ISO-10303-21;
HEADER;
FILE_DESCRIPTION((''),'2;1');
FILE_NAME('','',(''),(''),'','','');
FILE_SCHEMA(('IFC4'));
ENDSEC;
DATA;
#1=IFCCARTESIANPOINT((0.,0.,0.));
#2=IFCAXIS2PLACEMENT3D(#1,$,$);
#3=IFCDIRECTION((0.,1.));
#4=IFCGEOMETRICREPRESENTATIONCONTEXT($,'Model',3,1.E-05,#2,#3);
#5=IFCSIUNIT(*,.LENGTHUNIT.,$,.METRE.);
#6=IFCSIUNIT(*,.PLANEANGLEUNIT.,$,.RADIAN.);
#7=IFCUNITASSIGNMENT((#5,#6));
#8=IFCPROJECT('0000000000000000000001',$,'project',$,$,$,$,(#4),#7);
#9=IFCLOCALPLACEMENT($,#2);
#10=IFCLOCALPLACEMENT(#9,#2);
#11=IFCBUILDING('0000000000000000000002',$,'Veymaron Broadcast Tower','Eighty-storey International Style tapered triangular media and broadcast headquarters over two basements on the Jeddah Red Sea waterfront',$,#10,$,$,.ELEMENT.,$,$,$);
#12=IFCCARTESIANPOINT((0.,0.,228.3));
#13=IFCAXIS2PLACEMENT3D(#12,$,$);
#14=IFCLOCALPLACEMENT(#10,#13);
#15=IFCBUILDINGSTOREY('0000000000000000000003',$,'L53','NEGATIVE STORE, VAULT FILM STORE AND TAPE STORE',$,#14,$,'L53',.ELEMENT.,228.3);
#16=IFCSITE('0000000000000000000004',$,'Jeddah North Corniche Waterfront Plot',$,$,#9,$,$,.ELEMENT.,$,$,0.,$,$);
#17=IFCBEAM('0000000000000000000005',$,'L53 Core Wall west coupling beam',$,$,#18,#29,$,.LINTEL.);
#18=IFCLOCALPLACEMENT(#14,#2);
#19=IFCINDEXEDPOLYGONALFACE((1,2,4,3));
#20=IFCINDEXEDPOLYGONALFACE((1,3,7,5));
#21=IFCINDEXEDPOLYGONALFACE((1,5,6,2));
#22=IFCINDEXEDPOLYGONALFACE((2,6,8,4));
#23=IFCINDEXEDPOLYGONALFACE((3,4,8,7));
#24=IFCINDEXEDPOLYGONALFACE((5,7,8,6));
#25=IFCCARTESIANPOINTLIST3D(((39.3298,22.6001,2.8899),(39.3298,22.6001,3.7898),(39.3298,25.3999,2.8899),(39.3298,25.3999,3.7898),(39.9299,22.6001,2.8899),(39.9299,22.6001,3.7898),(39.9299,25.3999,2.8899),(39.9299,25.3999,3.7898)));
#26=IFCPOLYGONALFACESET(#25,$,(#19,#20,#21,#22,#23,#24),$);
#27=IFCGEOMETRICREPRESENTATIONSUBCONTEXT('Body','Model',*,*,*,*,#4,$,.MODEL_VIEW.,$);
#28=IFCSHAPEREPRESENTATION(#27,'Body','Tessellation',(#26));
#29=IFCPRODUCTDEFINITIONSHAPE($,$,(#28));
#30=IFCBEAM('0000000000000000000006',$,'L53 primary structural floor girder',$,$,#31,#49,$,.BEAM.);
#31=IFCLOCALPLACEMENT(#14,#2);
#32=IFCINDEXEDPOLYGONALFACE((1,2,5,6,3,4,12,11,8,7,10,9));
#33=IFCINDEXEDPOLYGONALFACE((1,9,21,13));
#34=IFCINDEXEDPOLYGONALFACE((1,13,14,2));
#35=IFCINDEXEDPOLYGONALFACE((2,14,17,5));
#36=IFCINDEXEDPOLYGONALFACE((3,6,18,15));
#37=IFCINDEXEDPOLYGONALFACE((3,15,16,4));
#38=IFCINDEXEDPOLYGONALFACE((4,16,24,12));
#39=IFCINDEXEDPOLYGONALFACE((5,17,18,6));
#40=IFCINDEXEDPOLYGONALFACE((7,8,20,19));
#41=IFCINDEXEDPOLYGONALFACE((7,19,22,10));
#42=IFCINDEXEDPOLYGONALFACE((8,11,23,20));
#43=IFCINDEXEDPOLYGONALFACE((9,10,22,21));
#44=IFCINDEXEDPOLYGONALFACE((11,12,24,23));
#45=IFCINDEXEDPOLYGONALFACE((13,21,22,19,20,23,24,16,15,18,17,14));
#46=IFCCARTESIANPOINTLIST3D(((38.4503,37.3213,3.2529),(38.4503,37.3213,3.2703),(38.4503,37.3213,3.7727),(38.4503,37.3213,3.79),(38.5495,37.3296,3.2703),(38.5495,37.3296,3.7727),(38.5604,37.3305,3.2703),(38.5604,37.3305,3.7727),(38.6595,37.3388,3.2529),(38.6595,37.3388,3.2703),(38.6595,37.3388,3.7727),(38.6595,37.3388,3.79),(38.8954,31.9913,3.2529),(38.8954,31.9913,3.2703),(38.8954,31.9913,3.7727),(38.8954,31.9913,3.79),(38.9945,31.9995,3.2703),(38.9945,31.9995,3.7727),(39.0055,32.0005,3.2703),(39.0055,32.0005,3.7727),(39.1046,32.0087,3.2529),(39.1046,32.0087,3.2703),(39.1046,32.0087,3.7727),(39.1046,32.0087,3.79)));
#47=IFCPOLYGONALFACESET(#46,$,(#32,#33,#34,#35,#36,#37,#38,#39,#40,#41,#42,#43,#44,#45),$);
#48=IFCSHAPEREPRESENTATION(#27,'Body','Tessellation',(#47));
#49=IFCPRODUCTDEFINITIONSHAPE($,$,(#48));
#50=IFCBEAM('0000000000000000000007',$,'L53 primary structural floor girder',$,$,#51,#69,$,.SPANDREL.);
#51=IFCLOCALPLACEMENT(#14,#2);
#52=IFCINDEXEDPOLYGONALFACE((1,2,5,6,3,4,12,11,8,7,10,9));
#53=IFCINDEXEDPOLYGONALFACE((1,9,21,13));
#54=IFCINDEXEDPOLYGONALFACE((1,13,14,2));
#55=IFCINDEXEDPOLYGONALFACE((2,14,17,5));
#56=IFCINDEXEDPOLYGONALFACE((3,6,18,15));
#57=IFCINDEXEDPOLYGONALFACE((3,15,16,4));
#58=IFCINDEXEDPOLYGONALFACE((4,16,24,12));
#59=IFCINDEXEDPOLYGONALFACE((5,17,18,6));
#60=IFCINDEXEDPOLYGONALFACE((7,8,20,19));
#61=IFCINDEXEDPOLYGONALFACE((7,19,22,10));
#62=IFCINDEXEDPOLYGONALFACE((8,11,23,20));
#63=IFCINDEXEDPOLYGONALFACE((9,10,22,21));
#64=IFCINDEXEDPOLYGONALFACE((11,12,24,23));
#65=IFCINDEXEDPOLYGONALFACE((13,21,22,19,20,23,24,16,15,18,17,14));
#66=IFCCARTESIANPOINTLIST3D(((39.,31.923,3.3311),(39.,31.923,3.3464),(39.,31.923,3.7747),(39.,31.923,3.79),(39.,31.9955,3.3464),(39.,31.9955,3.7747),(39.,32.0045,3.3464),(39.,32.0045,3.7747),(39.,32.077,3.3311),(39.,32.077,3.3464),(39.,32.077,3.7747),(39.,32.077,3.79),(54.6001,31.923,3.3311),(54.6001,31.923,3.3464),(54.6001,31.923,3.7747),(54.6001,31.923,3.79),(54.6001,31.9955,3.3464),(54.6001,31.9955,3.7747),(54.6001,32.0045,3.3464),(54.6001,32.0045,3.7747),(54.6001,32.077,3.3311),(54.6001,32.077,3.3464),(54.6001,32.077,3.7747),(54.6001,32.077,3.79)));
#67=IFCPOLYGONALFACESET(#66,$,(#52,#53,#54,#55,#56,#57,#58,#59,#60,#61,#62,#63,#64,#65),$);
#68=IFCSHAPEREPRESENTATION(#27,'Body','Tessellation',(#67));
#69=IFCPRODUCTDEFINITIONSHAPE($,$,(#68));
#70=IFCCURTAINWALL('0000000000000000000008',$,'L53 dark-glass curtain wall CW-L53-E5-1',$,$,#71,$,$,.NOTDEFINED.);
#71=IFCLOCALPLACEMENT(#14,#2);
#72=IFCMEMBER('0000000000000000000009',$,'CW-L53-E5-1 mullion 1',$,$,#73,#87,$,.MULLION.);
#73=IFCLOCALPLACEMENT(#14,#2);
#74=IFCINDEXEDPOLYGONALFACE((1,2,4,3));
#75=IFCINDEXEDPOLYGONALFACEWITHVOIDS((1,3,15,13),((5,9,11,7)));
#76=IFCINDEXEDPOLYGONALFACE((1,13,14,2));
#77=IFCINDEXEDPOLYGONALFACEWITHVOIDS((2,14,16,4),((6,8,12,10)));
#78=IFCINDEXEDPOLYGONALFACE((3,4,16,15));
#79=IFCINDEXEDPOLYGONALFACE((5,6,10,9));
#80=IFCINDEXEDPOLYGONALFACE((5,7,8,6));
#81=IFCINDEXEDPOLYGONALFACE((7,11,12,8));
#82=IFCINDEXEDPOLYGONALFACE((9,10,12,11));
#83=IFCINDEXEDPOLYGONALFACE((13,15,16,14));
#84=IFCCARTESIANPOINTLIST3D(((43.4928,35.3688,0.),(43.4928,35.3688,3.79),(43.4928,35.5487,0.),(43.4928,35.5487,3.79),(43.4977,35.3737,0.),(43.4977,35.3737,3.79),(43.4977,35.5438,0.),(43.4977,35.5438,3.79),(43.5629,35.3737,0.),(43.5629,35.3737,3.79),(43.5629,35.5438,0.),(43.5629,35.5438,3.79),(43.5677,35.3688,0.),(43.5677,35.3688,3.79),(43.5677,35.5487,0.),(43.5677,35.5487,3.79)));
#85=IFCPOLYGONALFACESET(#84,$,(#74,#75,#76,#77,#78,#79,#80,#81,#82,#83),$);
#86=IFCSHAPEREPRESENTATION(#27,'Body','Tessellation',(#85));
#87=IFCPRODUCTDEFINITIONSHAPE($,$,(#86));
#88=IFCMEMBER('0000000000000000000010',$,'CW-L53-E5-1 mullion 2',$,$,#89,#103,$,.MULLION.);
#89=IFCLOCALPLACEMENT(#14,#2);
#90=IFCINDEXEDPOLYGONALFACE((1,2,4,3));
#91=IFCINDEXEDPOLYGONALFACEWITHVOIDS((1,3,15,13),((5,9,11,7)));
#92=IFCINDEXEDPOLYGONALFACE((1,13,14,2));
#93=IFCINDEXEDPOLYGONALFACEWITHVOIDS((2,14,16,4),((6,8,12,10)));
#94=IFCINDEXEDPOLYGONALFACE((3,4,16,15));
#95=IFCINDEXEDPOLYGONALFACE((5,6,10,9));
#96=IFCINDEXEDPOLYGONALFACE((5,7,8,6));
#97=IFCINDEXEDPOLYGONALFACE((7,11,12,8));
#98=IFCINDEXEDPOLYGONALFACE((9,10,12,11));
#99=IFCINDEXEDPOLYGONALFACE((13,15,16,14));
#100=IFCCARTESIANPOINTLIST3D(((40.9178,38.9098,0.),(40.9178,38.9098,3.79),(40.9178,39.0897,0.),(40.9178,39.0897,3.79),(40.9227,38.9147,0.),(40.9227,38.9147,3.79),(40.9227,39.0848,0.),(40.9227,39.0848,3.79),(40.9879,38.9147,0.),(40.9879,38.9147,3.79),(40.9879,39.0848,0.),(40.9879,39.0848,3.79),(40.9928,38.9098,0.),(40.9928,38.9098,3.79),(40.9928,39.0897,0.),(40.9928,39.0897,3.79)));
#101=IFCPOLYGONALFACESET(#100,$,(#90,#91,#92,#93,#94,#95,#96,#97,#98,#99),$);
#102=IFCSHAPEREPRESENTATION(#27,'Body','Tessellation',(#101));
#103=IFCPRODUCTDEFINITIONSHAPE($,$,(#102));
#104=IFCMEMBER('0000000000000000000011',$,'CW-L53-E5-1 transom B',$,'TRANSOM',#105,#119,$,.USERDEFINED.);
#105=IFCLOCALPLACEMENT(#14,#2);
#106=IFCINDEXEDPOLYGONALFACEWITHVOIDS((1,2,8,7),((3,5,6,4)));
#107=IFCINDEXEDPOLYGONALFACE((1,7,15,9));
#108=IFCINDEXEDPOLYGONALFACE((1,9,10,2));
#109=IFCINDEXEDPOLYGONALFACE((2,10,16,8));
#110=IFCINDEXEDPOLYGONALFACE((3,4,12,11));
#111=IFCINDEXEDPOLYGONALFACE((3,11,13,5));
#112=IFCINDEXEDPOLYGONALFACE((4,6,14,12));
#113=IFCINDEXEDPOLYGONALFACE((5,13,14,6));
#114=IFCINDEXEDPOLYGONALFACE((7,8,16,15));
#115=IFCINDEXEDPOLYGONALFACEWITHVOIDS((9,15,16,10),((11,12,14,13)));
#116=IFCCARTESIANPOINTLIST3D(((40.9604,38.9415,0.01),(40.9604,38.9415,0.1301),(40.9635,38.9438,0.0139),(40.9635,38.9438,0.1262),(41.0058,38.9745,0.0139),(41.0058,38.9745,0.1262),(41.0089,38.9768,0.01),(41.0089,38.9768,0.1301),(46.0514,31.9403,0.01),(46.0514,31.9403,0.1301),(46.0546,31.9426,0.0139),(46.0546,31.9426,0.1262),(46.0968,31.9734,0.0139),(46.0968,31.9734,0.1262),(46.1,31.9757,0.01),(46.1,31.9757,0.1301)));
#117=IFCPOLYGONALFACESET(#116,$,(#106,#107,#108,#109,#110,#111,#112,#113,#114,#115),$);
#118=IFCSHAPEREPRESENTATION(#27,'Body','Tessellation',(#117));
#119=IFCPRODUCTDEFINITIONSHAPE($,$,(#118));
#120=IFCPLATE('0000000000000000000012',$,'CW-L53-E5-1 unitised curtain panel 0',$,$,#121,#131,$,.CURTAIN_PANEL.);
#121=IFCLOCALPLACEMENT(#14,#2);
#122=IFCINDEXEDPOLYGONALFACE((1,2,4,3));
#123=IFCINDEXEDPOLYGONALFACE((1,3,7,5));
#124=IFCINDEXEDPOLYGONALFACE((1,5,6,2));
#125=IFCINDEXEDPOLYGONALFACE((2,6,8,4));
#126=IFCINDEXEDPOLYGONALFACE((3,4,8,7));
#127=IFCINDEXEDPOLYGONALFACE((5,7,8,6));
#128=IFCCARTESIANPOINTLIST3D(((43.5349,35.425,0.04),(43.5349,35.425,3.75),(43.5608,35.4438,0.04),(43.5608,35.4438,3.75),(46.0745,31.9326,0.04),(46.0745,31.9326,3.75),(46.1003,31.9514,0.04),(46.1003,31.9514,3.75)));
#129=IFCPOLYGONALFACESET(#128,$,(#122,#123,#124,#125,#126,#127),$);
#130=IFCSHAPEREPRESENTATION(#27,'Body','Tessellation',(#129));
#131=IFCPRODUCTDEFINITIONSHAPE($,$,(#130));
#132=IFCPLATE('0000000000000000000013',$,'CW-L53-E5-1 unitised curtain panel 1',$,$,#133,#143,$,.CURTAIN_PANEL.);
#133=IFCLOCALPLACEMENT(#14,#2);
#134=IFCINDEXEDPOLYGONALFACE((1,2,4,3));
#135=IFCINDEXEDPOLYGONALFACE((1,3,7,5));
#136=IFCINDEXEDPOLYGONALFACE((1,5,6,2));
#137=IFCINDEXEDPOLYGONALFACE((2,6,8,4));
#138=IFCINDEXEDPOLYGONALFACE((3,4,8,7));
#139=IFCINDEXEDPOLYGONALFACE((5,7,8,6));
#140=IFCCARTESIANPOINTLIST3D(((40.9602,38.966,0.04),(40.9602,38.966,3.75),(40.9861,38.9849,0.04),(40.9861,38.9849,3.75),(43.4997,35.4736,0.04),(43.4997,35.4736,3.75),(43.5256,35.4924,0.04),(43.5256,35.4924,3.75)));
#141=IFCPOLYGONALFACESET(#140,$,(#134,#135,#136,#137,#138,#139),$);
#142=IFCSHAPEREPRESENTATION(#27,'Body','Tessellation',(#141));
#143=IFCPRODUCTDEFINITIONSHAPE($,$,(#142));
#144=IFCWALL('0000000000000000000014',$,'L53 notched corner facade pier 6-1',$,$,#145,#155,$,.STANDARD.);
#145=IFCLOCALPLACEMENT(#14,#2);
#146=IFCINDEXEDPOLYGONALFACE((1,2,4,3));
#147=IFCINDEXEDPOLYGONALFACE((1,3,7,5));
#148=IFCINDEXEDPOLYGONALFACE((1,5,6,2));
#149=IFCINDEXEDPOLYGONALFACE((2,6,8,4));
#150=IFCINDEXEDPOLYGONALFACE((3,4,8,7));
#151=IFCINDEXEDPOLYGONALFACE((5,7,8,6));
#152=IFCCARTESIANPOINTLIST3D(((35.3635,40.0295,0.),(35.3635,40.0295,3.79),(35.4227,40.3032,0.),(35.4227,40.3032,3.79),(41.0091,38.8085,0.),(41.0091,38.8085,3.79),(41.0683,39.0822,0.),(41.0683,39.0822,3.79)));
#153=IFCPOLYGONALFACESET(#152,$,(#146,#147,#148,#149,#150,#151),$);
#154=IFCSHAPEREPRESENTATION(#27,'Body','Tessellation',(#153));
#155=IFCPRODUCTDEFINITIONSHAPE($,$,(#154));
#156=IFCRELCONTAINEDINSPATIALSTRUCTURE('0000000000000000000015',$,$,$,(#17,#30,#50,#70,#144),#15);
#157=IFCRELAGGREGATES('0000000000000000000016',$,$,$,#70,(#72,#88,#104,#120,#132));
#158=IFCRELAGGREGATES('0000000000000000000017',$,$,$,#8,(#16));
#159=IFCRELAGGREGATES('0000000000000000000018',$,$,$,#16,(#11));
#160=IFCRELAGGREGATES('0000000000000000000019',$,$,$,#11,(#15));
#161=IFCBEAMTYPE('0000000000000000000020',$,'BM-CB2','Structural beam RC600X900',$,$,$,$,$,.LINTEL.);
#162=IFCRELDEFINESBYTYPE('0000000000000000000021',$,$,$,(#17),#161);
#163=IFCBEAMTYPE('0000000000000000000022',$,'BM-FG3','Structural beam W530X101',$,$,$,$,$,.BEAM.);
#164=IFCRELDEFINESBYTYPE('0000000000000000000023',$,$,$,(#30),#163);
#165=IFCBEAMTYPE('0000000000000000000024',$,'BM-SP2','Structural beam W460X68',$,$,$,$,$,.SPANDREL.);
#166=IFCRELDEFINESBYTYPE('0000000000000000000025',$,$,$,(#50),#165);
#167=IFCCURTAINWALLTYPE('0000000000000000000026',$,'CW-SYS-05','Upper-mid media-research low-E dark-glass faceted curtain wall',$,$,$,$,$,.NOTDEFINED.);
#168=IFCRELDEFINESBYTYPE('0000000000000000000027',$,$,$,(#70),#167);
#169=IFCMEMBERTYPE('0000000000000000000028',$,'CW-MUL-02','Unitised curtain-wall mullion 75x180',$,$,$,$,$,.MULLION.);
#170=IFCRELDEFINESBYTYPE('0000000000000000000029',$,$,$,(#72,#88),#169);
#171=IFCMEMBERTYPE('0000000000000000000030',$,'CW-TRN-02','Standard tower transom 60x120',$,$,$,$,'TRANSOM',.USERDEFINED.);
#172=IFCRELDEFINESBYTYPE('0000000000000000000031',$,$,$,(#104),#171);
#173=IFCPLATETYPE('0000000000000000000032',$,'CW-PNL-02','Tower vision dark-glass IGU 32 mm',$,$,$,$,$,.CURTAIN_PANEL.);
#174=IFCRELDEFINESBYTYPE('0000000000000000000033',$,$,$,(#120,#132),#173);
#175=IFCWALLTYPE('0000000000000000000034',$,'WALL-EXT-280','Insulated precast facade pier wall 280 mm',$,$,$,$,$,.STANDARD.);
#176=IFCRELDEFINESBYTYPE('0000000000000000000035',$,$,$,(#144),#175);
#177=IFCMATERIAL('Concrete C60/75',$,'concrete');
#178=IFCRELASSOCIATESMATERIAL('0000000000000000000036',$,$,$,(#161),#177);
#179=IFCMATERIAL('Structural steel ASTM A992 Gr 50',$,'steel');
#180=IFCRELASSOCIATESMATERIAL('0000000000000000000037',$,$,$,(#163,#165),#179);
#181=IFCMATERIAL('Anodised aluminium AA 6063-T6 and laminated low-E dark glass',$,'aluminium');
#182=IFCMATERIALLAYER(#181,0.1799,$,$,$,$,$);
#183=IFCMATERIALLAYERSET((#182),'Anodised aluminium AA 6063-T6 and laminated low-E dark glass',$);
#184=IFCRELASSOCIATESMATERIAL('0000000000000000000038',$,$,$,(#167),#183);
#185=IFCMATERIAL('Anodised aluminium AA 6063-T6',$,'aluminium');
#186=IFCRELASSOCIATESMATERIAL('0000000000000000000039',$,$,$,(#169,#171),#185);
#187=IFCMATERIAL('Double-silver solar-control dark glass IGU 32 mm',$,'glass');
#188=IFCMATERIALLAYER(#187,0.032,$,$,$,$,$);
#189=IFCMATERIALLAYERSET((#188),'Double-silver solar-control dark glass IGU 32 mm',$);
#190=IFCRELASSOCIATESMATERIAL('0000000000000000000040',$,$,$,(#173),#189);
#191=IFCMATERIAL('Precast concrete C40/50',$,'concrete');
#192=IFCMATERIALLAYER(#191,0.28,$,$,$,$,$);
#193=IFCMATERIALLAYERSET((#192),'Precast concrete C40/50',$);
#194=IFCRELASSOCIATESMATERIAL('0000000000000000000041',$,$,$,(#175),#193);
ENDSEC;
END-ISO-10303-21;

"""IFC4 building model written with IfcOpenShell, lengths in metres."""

from ifc_helpers import new_model, si_unit, direction, frame, frame_2d, origin, origin_2d, place, context, subcontext, project, spatial, rectangle, hollow_rectangle, i_section, extrude, material, layer, layer_set, material_profile, profile_set, type_object, element, aggregate, save


model = new_model("IFC4")

# Units and contexts
model_context = context("Model", 3, precision=1e-05, world=origin(), true_north=direction((0.0, 1.0)))
body_context = subcontext(model_context, "Body", "Model", "MODEL_VIEW")
ifc_project = project(units=[si_unit("LENGTHUNIT", "METRE"), si_unit("PLANEANGLEUNIT", "RADIAN")], contexts=[model_context])

# Site, building, storey
site_placement = place(None, origin())
site = spatial("IfcSite", under=ifc_project, at=site_placement, Name="Jeddah North Corniche Waterfront Plot", CompositionType="ELEMENT", RefElevation=0.0)
building_placement = place(site_placement, origin())
building = spatial("IfcBuilding", under=site, at=building_placement, Name="Veymaron Broadcast Tower", Description="Eighty-storey International Style tapered triangular media and broadcast headquarters over two basements on the Jeddah Red Sea waterfront", CompositionType="ELEMENT")
storey_placement = place(building_placement, frame((0.0, 0.0, 228.3)))
storey = spatial("IfcBuildingStorey", under=building, at=storey_placement, Name="L53", Description="NEGATIVE STORE, VAULT FILM STORE AND TAPE STORE", LongName="L53", CompositionType="ELEMENT", Elevation=228.3)

# Beams
ifc_material_1 = material(Name="Concrete C60/75", Category="concrete")
ifc_material_profile_1 = material_profile(ifc_material_1, rectangle(XDim=0.6001, YDim=0.8999, at=origin_2d()), Name="RC600X900")
ifc_profile_set_1 = profile_set([ifc_material_profile_1], Name="Concrete C60/75")
beam_type_1 = type_object("IfcBeamType", Name="BM-CB2", Description="Structural beam RC600X900", PredefinedType="LINTEL", material=ifc_profile_set_1)
beam_1_placement = place(storey_placement, frame((39.6299, 22.6001, 3.3398), z_axis=(0.0, 1.0, 0.0), x_axis=(-1.0, 0.0, 0.0)))
element("IfcBeam", 1, at=beam_1_placement, inside=storey, type_object=beam_type_1, Name="L53 Core Wall west coupling beam", PredefinedType="LINTEL", context=body_context, shape_type="SweptSolid", body=[
    extrude(rectangle(XDim=0.6001, YDim=0.8999, at=origin_2d()), origin(), (0.0, 0.0, 1.0), 2.7998),
])
ifc_material_2 = material(Name="Structural steel ASTM A992 Gr 50", Category="steel")
ifc_material_profile_2 = material_profile(ifc_material_2, i_section(OverallWidth=0.21, OverallDepth=0.5371, WebThickness=0.011, FlangeThickness=0.0173, at=origin_2d()), Name="W530X101")
ifc_profile_set_2 = profile_set([ifc_material_profile_2], Name="Structural steel ASTM A992 Gr 50")
beam_type_2 = type_object("IfcBeamType", Name="BM-FG3", Description="Structural beam W530X101", PredefinedType="BEAM", material=ifc_profile_set_2)
beam_2_placement = place(storey_placement, frame((39.0, 32.0, 3.5215), z_axis=(-0.083212, 0.996532, 0.0), x_axis=(-0.996532, -0.083212, 0.0)))
element("IfcBeam", 2, at=beam_2_placement, inside=storey, type_object=beam_type_2, Name="L53 primary structural floor girder", PredefinedType="BEAM", context=body_context, shape_type="SweptSolid", body=[
    extrude(i_section(OverallWidth=0.21, OverallDepth=0.5371, WebThickness=0.011, FlangeThickness=0.0173, at=origin_2d()), origin(), (0.0, 0.0, 1.0), 5.3486),
])
ifc_material_profile_3 = material_profile(ifc_material_2, i_section(OverallWidth=0.1541, OverallDepth=0.459, WebThickness=0.009, FlangeThickness=0.0154, at=origin_2d()), Name="W460X68")
ifc_profile_set_3 = profile_set([ifc_material_profile_3], Name="Structural steel ASTM A992 Gr 50")
beam_type_3 = type_object("IfcBeamType", Name="BM-SP2", Description="Structural beam W460X68", PredefinedType="SPANDREL", material=ifc_profile_set_3)
beam_3_placement = place(storey_placement, frame((39.0, 32.0, 3.5605), z_axis=(1.0, 0.0, 0.0), x_axis=(0.0, 1.0, 0.0)))
element("IfcBeam", 3, at=beam_3_placement, inside=storey, type_object=beam_type_3, Name="L53 primary structural floor girder", PredefinedType="SPANDREL", context=body_context, shape_type="SweptSolid", body=[
    extrude(i_section(OverallWidth=0.1541, OverallDepth=0.459, WebThickness=0.009, FlangeThickness=0.0154, at=origin_2d()), origin(), (0.0, 0.0, 1.0), 15.6001),
])

# Curtain wall, members, plates
ifc_material_3 = material(Name="Anodised aluminium AA 6063-T6 and laminated low-E dark glass", Category="aluminium")
ifc_layer_1 = layer(ifc_material_3, 0.1799)
ifc_layer_set_1 = layer_set([ifc_layer_1], Name="Anodised aluminium AA 6063-T6 and laminated low-E dark glass")
curtain_wall_type = type_object("IfcCurtainWallType", Name="CW-SYS-05", Description="Upper-mid media-research low-E dark-glass faceted curtain wall", PredefinedType="NOTDEFINED", material=ifc_layer_set_1)
curtain_wall_placement = place(storey_placement, origin())
curtain_wall = element("IfcCurtainWall", 4, at=curtain_wall_placement, inside=storey, type_object=curtain_wall_type, Name="L53 dark-glass curtain wall CW-L53-E5-1", PredefinedType="NOTDEFINED")
ifc_material_4 = material(Name="Anodised aluminium AA 6063-T6", Category="aluminium")
ifc_material_profile_4 = material_profile(ifc_material_4, hollow_rectangle(XDim=0.075, YDim=0.1799, WallThickness=0.0049, at=origin_2d()), Name="AL180X75X5")
ifc_profile_set_4 = profile_set([ifc_material_profile_4], Name="Anodised aluminium AA 6063-T6")
member_type_1 = type_object("IfcMemberType", Name="CW-MUL-02", Description="Unitised curtain-wall mullion 75x180", PredefinedType="MULLION", material=ifc_profile_set_4)
member_1_placement = place(storey_placement, frame((43.5303, 35.4587, 0.0), z_axis=(0.0, 0.0, 1.0), x_axis=(1.0, 0.0, 0.0)))
member_1 = element("IfcMember", 5, at=member_1_placement, type_object=member_type_1, Name="CW-L53-E5-1 mullion 1", PredefinedType="MULLION", context=body_context, shape_type="SweptSolid", body=[
    extrude(hollow_rectangle(XDim=0.075, YDim=0.1799, WallThickness=0.0049, at=origin_2d()), origin(), (0.0, 0.0, 1.0), 3.79),
])
member_2_placement = place(storey_placement, frame((40.9553, 38.9998, 0.0), z_axis=(0.0, 0.0, 1.0), x_axis=(1.0, 0.0, 0.0)))
member_2 = element("IfcMember", 6, at=member_2_placement, type_object=member_type_1, Name="CW-L53-E5-1 mullion 2", PredefinedType="MULLION", context=body_context, shape_type="SweptSolid", body=[
    extrude(hollow_rectangle(XDim=0.075, YDim=0.1799, WallThickness=0.0049, at=origin_2d()), origin(), (0.0, 0.0, 1.0), 3.79),
])
ifc_material_profile_5 = material_profile(ifc_material_4, hollow_rectangle(XDim=0.0601, YDim=0.1201, WallThickness=0.0039, at=origin_2d()), Name="AL120X60X4")
ifc_profile_set_5 = profile_set([ifc_material_profile_5], Name="Anodised aluminium AA 6063-T6")
member_type_2 = type_object("IfcMemberType", Name="CW-TRN-02", Description="Standard tower transom 60x120", ElementType="TRANSOM", PredefinedType="USERDEFINED", material=ifc_profile_set_5)
member_3_placement = place(storey_placement, frame((46.0757, 31.958, 0.0701), z_axis=(-0.588116, 0.808776, 0.0), x_axis=(-0.808776, -0.588116, 0.0)))
member_3 = element("IfcMember", 7, at=member_3_placement, type_object=member_type_2, Name="CW-L53-E5-1 transom B", ObjectType="TRANSOM", PredefinedType="USERDEFINED", context=body_context, shape_type="SweptSolid", body=[
    extrude(hollow_rectangle(XDim=0.0601, YDim=0.1201, WallThickness=0.0039, at=origin_2d()), origin(), (0.0, 0.0, 1.0), 8.6565),
])
ifc_material_5 = material(Name="Double-silver solar-control dark glass IGU 32 mm", Category="glass")
ifc_layer_2 = layer(ifc_material_5, 0.032)
ifc_layer_set_2 = layer_set([ifc_layer_2], Name="Double-silver solar-control dark glass IGU 32 mm")
plate_type = type_object("IfcPlateType", Name="CW-PNL-02", Description="Tower vision dark-glass IGU 32 mm", PredefinedType="CURTAIN_PANEL", material=ifc_layer_set_2)
plate_1_placement = place(storey_placement, frame((44.8176, 33.6882, 0.04), z_axis=(0.0, 0.0, 1.0), x_axis=(-0.58811, 0.808781, 0.0)))
plate_1 = element("IfcPlate", 8, at=plate_1_placement, type_object=plate_type, Name="CW-L53-E5-1 unitised curtain panel 0", PredefinedType="CURTAIN_PANEL", context=body_context, shape_type="SweptSolid", body=[
    extrude(rectangle(XDim=4.3181, YDim=0.032, at=origin_2d()), origin(), (0.0, 0.0, 1.0), 3.71),
])
plate_2_placement = place(storey_placement, frame((42.2429, 37.2292, 0.04), z_axis=(0.0, 0.0, 1.0), x_axis=(-0.58811, 0.808781, 0.0)))
plate_2 = element("IfcPlate", 9, at=plate_2_placement, type_object=plate_type, Name="CW-L53-E5-1 unitised curtain panel 1", PredefinedType="CURTAIN_PANEL", context=body_context, shape_type="SweptSolid", body=[
    extrude(rectangle(XDim=4.3181, YDim=0.032, at=origin_2d()), origin(), (0.0, 0.0, 1.0), 3.71),
])
aggregate(curtain_wall, [member_1, member_2, member_3, plate_1, plate_2])

# Wall
ifc_material_6 = material(Name="Precast concrete C40/50", Category="concrete")
ifc_layer_3 = layer(ifc_material_6, 0.28)
ifc_layer_set_3 = layer_set([ifc_layer_3], Name="Precast concrete C40/50")
wall_type_1 = type_object("IfcWallType", Name="WALL-EXT-280", Description="Insulated precast facade pier wall 280 mm", PredefinedType="STANDARD", material=ifc_layer_set_3)
wall_1_placement = place(storey_placement, frame((41.0388, 38.9453, 0.0), z_axis=(0.0, 0.0, 1.0), x_axis=(-0.977404, 0.211382, 0.0)))
element("IfcWall", 10, at=wall_1_placement, inside=storey, type_object=wall_type_1, Name="L53 notched corner facade pier 6-1", PredefinedType="STANDARD", context=body_context, shape_type="SweptSolid", body=[
    extrude(rectangle(XDim=5.7761, YDim=0.28, at=frame_2d((2.8882, 0.0))), origin(), (0.0, 0.0, 1.0), 3.79),
])

save(model, "model.ifc")
